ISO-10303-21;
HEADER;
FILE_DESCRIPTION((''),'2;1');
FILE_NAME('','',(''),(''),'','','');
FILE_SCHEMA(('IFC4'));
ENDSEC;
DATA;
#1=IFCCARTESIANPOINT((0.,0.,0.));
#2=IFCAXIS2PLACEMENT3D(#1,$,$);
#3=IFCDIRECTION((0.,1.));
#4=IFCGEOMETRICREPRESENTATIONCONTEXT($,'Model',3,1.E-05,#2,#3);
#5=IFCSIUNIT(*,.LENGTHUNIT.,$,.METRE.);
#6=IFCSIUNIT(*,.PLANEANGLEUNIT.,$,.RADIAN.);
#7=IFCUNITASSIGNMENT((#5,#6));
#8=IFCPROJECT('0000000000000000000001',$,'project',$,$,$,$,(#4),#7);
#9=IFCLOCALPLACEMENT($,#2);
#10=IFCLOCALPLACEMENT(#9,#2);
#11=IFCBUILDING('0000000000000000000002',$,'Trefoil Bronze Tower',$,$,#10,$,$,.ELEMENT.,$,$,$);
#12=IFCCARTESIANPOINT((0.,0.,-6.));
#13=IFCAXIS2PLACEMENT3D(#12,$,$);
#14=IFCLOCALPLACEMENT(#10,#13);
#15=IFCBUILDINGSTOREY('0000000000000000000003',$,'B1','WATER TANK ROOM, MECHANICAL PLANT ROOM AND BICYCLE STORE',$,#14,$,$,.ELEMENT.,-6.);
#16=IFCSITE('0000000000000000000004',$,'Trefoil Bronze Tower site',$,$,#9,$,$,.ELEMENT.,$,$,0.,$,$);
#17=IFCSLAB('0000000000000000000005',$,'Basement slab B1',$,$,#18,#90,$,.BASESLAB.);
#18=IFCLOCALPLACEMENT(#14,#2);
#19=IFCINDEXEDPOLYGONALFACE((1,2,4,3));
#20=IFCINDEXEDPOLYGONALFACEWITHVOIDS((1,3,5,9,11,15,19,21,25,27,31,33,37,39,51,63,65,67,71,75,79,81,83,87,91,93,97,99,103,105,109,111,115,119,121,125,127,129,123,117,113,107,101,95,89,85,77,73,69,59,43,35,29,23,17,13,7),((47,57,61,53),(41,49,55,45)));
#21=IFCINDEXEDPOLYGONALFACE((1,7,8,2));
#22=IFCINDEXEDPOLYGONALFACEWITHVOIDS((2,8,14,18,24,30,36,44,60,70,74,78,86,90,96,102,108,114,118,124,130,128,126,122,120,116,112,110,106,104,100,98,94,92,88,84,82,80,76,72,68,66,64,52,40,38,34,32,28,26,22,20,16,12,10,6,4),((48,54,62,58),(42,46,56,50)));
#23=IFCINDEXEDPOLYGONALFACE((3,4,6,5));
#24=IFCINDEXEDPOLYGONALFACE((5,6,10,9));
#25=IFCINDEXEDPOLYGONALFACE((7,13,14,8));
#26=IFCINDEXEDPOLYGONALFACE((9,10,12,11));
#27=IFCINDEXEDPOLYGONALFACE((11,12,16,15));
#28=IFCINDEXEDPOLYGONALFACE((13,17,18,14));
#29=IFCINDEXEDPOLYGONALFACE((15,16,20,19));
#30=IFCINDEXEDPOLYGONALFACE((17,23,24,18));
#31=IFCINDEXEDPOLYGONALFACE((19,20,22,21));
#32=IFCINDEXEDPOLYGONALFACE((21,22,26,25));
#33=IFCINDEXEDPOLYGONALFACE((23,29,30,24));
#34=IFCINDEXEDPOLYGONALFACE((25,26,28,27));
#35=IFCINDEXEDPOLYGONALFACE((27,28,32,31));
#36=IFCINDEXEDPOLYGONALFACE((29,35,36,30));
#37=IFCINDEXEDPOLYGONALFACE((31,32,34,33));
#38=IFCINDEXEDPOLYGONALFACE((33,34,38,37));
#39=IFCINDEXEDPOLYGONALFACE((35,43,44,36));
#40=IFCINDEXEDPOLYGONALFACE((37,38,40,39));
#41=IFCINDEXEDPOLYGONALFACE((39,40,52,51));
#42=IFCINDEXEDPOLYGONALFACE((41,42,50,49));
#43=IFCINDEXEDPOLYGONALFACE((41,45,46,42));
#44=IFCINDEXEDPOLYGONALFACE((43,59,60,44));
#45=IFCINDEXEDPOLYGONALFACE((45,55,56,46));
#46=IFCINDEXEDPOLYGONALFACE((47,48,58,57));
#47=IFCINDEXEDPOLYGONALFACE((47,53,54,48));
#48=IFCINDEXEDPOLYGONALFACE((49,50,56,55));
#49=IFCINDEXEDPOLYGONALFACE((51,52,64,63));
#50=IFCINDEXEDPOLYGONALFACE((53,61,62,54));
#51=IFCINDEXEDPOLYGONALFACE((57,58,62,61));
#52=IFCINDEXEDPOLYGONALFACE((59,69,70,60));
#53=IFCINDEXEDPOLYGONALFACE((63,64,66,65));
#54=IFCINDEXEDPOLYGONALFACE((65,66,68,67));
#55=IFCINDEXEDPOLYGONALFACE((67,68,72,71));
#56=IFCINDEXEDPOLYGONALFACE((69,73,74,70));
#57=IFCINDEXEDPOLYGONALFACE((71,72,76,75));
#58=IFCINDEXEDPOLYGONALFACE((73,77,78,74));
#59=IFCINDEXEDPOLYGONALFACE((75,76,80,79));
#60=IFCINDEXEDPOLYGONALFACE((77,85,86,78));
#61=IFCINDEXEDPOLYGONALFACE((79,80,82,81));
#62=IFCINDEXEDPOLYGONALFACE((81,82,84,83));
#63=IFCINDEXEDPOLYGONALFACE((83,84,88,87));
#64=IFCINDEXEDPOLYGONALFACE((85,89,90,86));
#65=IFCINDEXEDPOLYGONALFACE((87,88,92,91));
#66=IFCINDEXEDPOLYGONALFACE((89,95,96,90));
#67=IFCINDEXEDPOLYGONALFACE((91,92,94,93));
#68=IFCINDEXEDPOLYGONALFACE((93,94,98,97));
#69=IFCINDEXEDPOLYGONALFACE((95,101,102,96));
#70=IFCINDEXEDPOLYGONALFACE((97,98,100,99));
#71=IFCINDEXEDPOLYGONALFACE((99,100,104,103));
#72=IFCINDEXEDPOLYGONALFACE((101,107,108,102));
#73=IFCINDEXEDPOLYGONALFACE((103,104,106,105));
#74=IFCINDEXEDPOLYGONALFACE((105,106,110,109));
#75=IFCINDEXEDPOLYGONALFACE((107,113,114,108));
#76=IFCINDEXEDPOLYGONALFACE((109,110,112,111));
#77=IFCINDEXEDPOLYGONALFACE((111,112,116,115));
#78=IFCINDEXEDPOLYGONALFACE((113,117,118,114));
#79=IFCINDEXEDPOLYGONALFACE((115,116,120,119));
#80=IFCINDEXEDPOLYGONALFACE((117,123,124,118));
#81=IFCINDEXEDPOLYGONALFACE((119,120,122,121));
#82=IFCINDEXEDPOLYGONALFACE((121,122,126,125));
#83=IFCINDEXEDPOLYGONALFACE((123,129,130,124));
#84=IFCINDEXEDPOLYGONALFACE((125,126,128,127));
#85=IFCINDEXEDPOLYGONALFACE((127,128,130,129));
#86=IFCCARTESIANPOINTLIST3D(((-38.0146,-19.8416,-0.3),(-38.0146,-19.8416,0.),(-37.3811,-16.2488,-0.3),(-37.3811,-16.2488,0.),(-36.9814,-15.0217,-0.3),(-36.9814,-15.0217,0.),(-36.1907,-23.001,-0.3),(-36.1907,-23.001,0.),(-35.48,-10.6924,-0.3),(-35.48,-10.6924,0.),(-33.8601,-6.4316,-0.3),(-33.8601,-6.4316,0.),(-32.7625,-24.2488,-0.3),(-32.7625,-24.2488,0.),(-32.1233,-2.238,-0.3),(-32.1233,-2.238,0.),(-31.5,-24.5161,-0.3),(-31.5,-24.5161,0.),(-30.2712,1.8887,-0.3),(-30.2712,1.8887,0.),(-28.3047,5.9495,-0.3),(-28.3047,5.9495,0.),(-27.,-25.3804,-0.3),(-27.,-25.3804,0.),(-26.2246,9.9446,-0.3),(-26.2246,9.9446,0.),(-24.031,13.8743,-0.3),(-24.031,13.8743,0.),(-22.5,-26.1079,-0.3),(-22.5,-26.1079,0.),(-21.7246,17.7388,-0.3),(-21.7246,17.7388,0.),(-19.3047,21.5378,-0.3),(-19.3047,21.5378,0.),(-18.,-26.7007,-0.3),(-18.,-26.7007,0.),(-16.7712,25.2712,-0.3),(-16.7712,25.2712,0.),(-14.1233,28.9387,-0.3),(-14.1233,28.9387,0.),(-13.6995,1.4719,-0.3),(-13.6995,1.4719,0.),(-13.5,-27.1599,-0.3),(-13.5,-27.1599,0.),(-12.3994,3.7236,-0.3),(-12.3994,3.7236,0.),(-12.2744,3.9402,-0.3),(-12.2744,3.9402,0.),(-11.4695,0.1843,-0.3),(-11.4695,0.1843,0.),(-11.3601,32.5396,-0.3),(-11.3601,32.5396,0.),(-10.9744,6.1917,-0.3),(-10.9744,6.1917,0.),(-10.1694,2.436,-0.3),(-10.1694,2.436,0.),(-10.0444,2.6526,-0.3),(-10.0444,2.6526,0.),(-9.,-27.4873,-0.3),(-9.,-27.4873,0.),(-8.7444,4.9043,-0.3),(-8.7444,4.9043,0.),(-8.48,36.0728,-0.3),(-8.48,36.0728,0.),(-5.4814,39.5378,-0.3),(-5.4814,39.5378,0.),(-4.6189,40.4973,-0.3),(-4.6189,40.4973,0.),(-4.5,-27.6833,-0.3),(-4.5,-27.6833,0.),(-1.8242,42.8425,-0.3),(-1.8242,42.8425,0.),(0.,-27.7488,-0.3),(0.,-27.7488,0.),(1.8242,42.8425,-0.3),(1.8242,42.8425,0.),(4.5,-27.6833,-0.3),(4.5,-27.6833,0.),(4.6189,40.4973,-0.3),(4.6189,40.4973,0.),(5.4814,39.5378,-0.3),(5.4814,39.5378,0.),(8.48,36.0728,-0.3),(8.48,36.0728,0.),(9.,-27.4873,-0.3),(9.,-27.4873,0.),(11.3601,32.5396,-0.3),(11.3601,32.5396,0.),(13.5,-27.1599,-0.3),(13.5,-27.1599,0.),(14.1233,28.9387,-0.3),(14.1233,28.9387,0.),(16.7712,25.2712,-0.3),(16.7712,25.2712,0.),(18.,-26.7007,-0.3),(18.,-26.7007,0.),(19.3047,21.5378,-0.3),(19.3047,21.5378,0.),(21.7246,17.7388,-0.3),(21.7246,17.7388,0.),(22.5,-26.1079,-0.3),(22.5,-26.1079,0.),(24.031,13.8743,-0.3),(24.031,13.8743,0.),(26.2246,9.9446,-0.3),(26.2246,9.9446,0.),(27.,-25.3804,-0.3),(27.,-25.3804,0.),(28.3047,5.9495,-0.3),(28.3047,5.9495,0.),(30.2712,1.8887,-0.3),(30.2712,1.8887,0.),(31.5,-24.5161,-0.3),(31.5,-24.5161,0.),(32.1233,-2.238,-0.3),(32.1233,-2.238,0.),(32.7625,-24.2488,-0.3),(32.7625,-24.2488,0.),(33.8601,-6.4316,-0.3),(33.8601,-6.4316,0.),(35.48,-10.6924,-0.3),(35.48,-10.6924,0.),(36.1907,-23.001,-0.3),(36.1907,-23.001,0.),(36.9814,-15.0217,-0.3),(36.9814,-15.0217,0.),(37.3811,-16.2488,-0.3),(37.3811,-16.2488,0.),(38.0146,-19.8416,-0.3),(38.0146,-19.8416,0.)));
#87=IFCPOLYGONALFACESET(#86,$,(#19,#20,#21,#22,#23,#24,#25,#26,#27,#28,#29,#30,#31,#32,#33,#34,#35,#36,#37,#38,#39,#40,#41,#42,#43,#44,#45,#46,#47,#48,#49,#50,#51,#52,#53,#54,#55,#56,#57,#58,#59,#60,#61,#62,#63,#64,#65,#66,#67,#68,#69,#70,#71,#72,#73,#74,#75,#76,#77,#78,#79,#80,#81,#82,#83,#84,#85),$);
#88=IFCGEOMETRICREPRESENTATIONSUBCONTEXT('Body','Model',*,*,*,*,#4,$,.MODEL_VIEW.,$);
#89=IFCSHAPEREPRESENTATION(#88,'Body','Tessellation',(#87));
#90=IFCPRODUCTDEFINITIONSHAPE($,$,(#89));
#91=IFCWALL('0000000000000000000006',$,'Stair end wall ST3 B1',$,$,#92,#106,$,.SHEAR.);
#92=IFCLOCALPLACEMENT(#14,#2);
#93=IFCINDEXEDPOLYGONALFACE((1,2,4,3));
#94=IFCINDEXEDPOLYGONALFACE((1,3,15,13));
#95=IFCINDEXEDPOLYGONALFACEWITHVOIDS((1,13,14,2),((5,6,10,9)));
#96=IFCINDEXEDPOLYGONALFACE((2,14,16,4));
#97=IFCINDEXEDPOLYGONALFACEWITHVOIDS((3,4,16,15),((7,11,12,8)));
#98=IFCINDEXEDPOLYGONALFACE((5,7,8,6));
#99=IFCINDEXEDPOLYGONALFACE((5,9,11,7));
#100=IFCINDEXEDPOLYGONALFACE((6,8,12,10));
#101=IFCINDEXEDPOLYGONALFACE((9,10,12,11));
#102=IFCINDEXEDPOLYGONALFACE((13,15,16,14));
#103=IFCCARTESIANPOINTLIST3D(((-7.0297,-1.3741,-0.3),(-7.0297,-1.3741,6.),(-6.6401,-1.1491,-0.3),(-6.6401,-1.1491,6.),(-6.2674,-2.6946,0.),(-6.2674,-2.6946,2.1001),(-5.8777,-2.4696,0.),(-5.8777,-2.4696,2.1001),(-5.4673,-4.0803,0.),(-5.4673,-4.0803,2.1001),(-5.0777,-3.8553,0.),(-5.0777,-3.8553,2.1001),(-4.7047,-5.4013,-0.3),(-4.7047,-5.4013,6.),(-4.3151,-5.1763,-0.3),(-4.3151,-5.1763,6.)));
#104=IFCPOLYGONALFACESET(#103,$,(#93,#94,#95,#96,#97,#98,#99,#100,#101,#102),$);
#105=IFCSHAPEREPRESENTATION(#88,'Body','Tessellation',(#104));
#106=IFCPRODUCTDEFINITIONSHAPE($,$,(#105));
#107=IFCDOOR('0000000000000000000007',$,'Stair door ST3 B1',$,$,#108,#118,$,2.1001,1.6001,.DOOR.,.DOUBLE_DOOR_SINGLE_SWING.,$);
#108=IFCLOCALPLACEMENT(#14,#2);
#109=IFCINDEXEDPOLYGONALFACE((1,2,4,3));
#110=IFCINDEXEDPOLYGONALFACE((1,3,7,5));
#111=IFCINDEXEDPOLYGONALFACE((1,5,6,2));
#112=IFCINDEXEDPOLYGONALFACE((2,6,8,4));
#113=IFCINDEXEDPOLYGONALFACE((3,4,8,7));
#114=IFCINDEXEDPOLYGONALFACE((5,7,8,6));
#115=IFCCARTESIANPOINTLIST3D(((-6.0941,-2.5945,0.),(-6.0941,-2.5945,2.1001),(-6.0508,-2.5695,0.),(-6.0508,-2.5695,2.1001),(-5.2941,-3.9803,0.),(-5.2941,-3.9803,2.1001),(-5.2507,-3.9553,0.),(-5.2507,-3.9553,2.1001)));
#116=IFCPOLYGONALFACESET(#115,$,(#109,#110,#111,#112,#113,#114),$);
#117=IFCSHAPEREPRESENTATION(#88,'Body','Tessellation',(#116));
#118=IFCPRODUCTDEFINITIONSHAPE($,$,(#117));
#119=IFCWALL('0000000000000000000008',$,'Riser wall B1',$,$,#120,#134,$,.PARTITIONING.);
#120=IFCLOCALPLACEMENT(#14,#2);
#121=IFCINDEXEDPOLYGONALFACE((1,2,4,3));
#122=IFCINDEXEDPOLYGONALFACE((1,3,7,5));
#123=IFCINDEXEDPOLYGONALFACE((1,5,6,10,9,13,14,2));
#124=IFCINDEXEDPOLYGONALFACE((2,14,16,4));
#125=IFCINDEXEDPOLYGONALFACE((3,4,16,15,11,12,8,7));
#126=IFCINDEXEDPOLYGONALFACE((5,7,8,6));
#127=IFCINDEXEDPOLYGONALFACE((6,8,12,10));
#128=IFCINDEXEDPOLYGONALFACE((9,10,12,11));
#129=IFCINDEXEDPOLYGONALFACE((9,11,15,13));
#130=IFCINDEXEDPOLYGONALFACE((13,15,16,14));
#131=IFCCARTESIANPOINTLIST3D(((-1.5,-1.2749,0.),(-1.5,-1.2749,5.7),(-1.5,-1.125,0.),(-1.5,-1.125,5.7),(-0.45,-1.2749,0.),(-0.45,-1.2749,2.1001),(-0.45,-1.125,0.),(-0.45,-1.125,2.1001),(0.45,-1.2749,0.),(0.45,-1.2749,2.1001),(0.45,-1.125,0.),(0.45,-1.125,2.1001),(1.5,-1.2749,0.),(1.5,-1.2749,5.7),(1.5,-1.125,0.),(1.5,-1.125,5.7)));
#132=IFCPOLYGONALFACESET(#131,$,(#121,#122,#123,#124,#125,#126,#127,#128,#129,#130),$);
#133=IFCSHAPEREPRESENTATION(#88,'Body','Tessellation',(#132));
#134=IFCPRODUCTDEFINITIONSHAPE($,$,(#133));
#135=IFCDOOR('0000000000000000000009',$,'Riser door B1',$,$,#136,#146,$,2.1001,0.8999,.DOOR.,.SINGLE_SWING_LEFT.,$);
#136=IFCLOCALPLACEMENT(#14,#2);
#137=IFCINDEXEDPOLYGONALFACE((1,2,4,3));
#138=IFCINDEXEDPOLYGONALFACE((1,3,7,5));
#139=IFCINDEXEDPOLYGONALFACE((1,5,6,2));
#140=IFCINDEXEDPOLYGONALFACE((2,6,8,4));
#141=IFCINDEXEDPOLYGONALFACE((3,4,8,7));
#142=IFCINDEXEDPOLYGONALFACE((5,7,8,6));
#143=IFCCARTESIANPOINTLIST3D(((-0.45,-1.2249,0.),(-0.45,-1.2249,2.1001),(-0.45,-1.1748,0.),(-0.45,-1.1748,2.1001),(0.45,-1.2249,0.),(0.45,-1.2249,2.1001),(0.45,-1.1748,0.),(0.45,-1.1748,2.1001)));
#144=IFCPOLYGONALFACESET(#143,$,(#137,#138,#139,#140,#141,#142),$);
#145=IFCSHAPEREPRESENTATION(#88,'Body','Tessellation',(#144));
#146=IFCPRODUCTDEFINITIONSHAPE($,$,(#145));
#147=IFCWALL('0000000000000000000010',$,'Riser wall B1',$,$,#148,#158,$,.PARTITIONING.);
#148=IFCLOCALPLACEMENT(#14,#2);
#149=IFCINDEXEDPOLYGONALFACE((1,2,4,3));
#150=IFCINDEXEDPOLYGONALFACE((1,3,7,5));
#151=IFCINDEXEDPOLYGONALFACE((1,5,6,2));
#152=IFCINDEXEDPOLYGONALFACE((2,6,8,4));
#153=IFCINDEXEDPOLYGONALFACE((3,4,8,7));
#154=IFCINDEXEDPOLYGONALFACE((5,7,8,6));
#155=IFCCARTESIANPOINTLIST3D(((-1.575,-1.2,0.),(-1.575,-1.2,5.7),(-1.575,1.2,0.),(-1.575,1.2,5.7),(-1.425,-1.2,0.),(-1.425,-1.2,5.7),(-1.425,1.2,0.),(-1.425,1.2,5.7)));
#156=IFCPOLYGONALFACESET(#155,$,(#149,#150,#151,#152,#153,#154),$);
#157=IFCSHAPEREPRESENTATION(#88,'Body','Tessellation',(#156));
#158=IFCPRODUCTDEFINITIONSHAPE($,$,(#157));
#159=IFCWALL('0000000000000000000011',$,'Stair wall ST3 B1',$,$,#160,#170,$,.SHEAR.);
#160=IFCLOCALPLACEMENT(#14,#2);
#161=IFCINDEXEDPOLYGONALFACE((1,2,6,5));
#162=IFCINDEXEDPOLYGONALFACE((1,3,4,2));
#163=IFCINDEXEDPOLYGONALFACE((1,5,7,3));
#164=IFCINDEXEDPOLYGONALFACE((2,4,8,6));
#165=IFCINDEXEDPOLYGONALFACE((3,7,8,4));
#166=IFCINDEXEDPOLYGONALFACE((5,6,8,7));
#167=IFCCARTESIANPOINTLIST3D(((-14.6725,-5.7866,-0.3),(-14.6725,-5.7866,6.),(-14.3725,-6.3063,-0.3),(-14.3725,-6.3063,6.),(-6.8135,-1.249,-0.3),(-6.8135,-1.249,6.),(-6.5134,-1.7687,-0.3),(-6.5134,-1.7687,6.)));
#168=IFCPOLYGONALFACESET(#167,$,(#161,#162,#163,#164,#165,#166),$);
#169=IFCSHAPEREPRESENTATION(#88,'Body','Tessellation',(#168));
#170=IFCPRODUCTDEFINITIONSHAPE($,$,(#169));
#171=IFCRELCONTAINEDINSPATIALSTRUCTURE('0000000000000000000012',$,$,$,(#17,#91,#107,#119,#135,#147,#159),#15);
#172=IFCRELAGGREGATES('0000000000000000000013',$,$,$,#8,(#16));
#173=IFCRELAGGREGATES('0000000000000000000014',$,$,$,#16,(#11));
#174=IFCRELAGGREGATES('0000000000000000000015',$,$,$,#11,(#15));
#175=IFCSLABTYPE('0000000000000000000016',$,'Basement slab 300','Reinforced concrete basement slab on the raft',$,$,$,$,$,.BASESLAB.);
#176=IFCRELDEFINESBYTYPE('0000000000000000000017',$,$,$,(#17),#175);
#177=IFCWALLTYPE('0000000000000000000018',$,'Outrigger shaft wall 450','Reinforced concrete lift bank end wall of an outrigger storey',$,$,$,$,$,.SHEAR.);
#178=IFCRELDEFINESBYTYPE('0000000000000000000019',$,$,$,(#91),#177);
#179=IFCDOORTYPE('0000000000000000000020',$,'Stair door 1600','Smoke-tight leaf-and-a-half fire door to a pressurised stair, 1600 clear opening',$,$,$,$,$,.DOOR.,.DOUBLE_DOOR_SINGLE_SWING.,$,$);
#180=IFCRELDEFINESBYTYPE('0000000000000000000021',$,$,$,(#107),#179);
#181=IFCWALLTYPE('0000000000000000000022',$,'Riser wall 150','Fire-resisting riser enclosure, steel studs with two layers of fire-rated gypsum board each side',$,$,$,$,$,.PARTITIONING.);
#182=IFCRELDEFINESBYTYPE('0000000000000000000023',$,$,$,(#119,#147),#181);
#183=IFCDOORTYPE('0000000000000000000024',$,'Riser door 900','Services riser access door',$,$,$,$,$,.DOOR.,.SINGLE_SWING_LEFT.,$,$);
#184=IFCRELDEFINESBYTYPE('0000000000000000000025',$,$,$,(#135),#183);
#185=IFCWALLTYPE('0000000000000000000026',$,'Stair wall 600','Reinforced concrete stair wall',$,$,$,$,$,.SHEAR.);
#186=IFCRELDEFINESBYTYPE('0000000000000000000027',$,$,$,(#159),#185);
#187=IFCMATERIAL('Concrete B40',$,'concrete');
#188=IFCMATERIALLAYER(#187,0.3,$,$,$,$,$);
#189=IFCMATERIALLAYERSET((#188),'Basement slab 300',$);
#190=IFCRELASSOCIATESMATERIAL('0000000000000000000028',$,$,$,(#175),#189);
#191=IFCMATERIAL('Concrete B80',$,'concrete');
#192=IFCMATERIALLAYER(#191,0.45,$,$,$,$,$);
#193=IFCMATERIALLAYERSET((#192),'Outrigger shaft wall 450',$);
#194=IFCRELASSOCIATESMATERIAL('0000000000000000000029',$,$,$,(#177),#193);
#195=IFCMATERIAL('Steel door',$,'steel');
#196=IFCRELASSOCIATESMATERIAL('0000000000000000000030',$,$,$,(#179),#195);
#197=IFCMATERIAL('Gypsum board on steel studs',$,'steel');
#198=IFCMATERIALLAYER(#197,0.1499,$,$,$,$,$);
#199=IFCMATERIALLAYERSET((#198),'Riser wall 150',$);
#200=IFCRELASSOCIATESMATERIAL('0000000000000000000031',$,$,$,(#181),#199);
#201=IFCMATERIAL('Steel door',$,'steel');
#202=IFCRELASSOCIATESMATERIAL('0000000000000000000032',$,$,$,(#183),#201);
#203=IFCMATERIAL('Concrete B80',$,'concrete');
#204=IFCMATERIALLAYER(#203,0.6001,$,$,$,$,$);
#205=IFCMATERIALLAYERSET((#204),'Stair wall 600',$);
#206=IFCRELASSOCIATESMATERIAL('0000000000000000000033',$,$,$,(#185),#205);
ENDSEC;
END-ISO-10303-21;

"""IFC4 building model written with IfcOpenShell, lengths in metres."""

from ifc_helpers import new_model, si_unit, direction, frame, frame_2d, origin, place, context, subcontext, project, spatial, polyline, rectangle, outline, extrude, material, layer, layer_set, type_object, element, fill, save


model = new_model("IFC4")

# Units and contexts
model_context = context("Model", 3, precision=1e-05, world=origin(), true_north=direction((0.0, 1.0)))
body_context = subcontext(model_context, "Body", "Model", "MODEL_VIEW")
ifc_project = project(units=[si_unit("LENGTHUNIT", "METRE"), si_unit("PLANEANGLEUNIT", "RADIAN")], contexts=[model_context])

# Site, building, storey
site_placement = place(None, origin())
site = spatial("IfcSite", under=ifc_project, at=site_placement, Name="Trefoil Bronze Tower site", CompositionType="ELEMENT", RefElevation=0.0)
building_placement = place(site_placement, origin())
building = spatial("IfcBuilding", under=site, at=building_placement, Name="Trefoil Bronze Tower", CompositionType="ELEMENT")
storey_placement = place(building_placement, frame((0.0, 0.0, -6.0)))
storey = spatial("IfcBuildingStorey", under=building, at=storey_placement, Name="B1", Description="WATER TANK ROOM, MECHANICAL PLANT ROOM AND BICYCLE STORE", CompositionType="ELEMENT", Elevation=-6.0)

# Slab
ifc_material_1 = material(Name="Concrete B40", Category="concrete")
ifc_layer_1 = layer(ifc_material_1, 0.3)
ifc_layer_set_1 = layer_set([ifc_layer_1], Name="Basement slab 300")
slab_type = type_object("IfcSlabType", Name="Basement slab 300", Description="Reinforced concrete basement slab on the raft", PredefinedType="BASESLAB", material=ifc_layer_set_1)
slab_placement = place(storey_placement, frame((0.0, 0.0, -0.3)))
element("IfcSlab", 1, at=slab_placement, inside=storey, type_object=slab_type, Name="Basement slab B1", PredefinedType="BASESLAB", context=body_context, shape_type="SweptSolid", body=[
    extrude(outline(polyline([(-32.7625, -24.2488), (-31.5, -24.5161), (-27.0, -25.3804), (-22.5, -26.1079), (-18.0, -26.7007), (-13.5, -27.1599), (-9.0, -27.4873), (-4.5, -27.6833), (0.0, -27.7488), (4.5, -27.6833), (9.0, -27.4873), (13.5, -27.1599), (18.0, -26.7007), (22.5, -26.1079), (27.0, -25.3804), (31.5, -24.5161), (32.7625, -24.2488), (36.1907, -23.001), (38.0146, -19.8416), (37.3811, -16.2488), (36.9814, -15.0217), (35.48, -10.6924), (33.8601, -6.4316), (32.1233, -2.238), (30.2712, 1.8887), (28.3047, 5.9495), (26.2246, 9.9446), (24.031, 13.8743), (21.7246, 17.7388), (19.3047, 21.5378), (16.7712, 25.2712), (14.1233, 28.9387), (11.3601, 32.5396), (8.48, 36.0728), (5.4814, 39.5378), (4.6189, 40.4973), (1.8242, 42.8425), (-1.8242, 42.8425), (-4.6189, 40.4973), (-5.4814, 39.5378), (-8.48, 36.0728), (-11.3601, 32.5396), (-14.1233, 28.9387), (-16.7712, 25.2712), (-19.3047, 21.5378), (-21.7246, 17.7388), (-24.031, 13.8743), (-26.2246, 9.9446), (-28.3047, 5.9495), (-30.2712, 1.8887), (-32.1233, -2.238), (-33.8601, -6.4316), (-35.48, -10.6924), (-36.9814, -15.0217), (-37.3811, -16.2488), (-38.0146, -19.8416), (-36.1907, -23.001), (-32.7625, -24.2488)]), holes=[polyline([(-8.7444, 4.9043), (-10.0444, 2.6526), (-12.2744, 3.9402), (-10.9744, 6.1917), (-8.7444, 4.9043)]), polyline([(-10.1694, 2.436), (-11.4695, 0.1843), (-13.6995, 1.4719), (-12.3994, 3.7236), (-10.1694, 2.436)])]), origin(), (0.0, 0.0, 1.0), 0.3),
])

# Walls, openings, doors
ifc_material_2 = material(Name="Concrete B80", Category="concrete")
ifc_layer_2 = layer(ifc_material_2, 0.45)
ifc_layer_set_2 = layer_set([ifc_layer_2], Name="Outrigger shaft wall 450")
wall_type_1 = type_object("IfcWallType", Name="Outrigger shaft wall 450", Description="Reinforced concrete lift bank end wall of an outrigger storey", PredefinedType="SHEAR", material=ifc_layer_set_2)
wall_1_placement = place(storey_placement, frame((-6.835, -1.2615, -0.3), z_axis=(0.0, 0.0, 1.0), x_axis=(0.499985, -0.866034, 0.0)))
wall_1 = element("IfcWall", 2, at=wall_1_placement, inside=storey, type_object=wall_type_1, Name="Stair end wall ST3 B1", PredefinedType="SHEAR", context=body_context, shape_type="SweptSolid", body=[
    extrude(rectangle(XDim=4.6501, YDim=0.45, at=frame_2d((2.3252, 0.0))), origin(), (0.0, 0.0, 1.0), 6.3),
])
opening_1_placement = place(wall_1_placement, frame((1.5249, 0.0, 0.3)))
opening_1 = element("IfcOpeningElement", 3, at=opening_1_placement, cuts=wall_1, PredefinedType="OPENING", context=body_context, shape_type="SweptSolid", body=[
    extrude(rectangle(XDim=1.6001, YDim=2.1001, at=frame_2d((0.8, 1.05))), frame((0.0, 0.2349, 0.0), z_axis=(0.0, -1.0, 0.0), x_axis=(1.0, 0.0, 0.0)), (0.0, 0.0, 1.0), 0.47),
])
ifc_material_3 = material(Name="Steel door", Category="steel")
door_type_1 = type_object("IfcDoorType", Name="Stair door 1600", Description="Smoke-tight leaf-and-a-half fire door to a pressurised stair, 1600 clear opening", OperationType="DOUBLE_DOOR_SINGLE_SWING", PredefinedType="DOOR", material=ifc_material_3)
door_1_placement = place(opening_1_placement, frame((1.6001, 0.0, 0.0), z_axis=(0.0, 0.0, 1.0), x_axis=(-1.0, 0.0, 0.0)))
door_1 = element("IfcDoor", 4, at=door_1_placement, inside=storey, type_object=door_type_1, Name="Stair door ST3 B1", OperationType="DOUBLE_DOOR_SINGLE_SWING", OverallHeight=2.1001, OverallWidth=1.6001, PredefinedType="DOOR", context=body_context, shape_type="SweptSolid", body=[
    extrude(rectangle(XDim=1.6001, YDim=2.1001, at=frame_2d((0.8, 1.05))), frame((0.0, 0.0249, 0.0), z_axis=(0.0, -1.0, 0.0), x_axis=(1.0, 0.0, 0.0)), (0.0, 0.0, 1.0), 0.05),
])
fill(opening_1, door_1)
ifc_material_4 = material(Name="Gypsum board on steel studs", Category="steel")
ifc_layer_3 = layer(ifc_material_4, 0.1499)
ifc_layer_set_3 = layer_set([ifc_layer_3], Name="Riser wall 150")
wall_type_2 = type_object("IfcWallType", Name="Riser wall 150", Description="Fire-resisting riser enclosure, steel studs with two layers of fire-rated gypsum board each side", PredefinedType="PARTITIONING", material=ifc_layer_set_3)
wall_2_placement = place(storey_placement, frame((-1.5, -1.2, 0.0), z_axis=(0.0, 0.0, 1.0), x_axis=(1.0, 0.0, 0.0)))
wall_2 = element("IfcWall", 5, at=wall_2_placement, inside=storey, type_object=wall_type_2, Name="Riser wall B1", PredefinedType="PARTITIONING", context=body_context, shape_type="SweptSolid", body=[
    extrude(rectangle(XDim=3.0, YDim=0.1499, at=frame_2d((1.5, 0.0))), origin(), (0.0, 0.0, 1.0), 5.7),
])
opening_2_placement = place(wall_2_placement, frame((1.05, 0.0, 0.0)))
opening_2 = element("IfcOpeningElement", 6, at=opening_2_placement, cuts=wall_2, PredefinedType="OPENING", context=body_context, shape_type="SweptSolid", body=[
    extrude(rectangle(XDim=0.8999, YDim=2.1001, at=frame_2d((0.45, 1.05))), frame((0.0, 0.085, 0.0), z_axis=(0.0, -1.0, 0.0), x_axis=(1.0, 0.0, 0.0)), (0.0, 0.0, 1.0), 0.1699),
])
ifc_material_5 = material(Name="Steel door", Category="steel")
door_type_2 = type_object("IfcDoorType", Name="Riser door 900", Description="Services riser access door", OperationType="SINGLE_SWING_LEFT", PredefinedType="DOOR", material=ifc_material_5)
door_2_placement = place(opening_2_placement, frame((0.8999, 0.0, 0.0), z_axis=(0.0, 0.0, 1.0), x_axis=(-1.0, 0.0, 0.0)))
door_2 = element("IfcDoor", 7, at=door_2_placement, inside=storey, type_object=door_type_2, Name="Riser door B1", OperationType="SINGLE_SWING_LEFT", OverallHeight=2.1001, OverallWidth=0.8999, PredefinedType="DOOR", context=body_context, shape_type="SweptSolid", body=[
    extrude(rectangle(XDim=0.8999, YDim=2.1001, at=frame_2d((0.45, 1.05))), frame((0.0, 0.0249, 0.0), z_axis=(0.0, -1.0, 0.0), x_axis=(1.0, 0.0, 0.0)), (0.0, 0.0, 1.0), 0.05),
])
fill(opening_2, door_2)

# Walls
wall_3_placement = place(storey_placement, frame((-1.5, 1.2, 0.0), z_axis=(0.0, 0.0, 1.0), x_axis=(0.0, -1.0, 0.0)))
element("IfcWall", 8, at=wall_3_placement, inside=storey, type_object=wall_type_2, Name="Riser wall B1", PredefinedType="PARTITIONING", context=body_context, shape_type="SweptSolid", body=[
    extrude(rectangle(XDim=2.3999, YDim=0.1499, at=frame_2d((1.2, 0.0))), origin(), (0.0, 0.0, 1.0), 5.7),
])
ifc_material_6 = material(Name="Concrete B80", Category="concrete")
ifc_layer_4 = layer(ifc_material_6, 0.6001)
ifc_layer_set_4 = layer_set([ifc_layer_4], Name="Stair wall 600")
wall_type_3 = type_object("IfcWallType", Name="Stair wall 600", Description="Reinforced concrete stair wall", PredefinedType="SHEAR", material=ifc_layer_set_4)
wall_4_placement = place(storey_placement, frame((-6.6633, -1.5088, -0.3), z_axis=(0.0, 0.0, 1.0), x_axis=(-0.866019, -0.50001, 0.0)))
element("IfcWall", 9, at=wall_4_placement, inside=storey, type_object=wall_type_3, Name="Stair wall ST3 B1", PredefinedType="SHEAR", context=body_context, shape_type="SweptSolid", body=[
    extrude(rectangle(XDim=9.075, YDim=0.6001, at=frame_2d((4.5376, 0.0))), origin(), (0.0, 0.0, 1.0), 6.3),
])

save(model, "model.ifc")
